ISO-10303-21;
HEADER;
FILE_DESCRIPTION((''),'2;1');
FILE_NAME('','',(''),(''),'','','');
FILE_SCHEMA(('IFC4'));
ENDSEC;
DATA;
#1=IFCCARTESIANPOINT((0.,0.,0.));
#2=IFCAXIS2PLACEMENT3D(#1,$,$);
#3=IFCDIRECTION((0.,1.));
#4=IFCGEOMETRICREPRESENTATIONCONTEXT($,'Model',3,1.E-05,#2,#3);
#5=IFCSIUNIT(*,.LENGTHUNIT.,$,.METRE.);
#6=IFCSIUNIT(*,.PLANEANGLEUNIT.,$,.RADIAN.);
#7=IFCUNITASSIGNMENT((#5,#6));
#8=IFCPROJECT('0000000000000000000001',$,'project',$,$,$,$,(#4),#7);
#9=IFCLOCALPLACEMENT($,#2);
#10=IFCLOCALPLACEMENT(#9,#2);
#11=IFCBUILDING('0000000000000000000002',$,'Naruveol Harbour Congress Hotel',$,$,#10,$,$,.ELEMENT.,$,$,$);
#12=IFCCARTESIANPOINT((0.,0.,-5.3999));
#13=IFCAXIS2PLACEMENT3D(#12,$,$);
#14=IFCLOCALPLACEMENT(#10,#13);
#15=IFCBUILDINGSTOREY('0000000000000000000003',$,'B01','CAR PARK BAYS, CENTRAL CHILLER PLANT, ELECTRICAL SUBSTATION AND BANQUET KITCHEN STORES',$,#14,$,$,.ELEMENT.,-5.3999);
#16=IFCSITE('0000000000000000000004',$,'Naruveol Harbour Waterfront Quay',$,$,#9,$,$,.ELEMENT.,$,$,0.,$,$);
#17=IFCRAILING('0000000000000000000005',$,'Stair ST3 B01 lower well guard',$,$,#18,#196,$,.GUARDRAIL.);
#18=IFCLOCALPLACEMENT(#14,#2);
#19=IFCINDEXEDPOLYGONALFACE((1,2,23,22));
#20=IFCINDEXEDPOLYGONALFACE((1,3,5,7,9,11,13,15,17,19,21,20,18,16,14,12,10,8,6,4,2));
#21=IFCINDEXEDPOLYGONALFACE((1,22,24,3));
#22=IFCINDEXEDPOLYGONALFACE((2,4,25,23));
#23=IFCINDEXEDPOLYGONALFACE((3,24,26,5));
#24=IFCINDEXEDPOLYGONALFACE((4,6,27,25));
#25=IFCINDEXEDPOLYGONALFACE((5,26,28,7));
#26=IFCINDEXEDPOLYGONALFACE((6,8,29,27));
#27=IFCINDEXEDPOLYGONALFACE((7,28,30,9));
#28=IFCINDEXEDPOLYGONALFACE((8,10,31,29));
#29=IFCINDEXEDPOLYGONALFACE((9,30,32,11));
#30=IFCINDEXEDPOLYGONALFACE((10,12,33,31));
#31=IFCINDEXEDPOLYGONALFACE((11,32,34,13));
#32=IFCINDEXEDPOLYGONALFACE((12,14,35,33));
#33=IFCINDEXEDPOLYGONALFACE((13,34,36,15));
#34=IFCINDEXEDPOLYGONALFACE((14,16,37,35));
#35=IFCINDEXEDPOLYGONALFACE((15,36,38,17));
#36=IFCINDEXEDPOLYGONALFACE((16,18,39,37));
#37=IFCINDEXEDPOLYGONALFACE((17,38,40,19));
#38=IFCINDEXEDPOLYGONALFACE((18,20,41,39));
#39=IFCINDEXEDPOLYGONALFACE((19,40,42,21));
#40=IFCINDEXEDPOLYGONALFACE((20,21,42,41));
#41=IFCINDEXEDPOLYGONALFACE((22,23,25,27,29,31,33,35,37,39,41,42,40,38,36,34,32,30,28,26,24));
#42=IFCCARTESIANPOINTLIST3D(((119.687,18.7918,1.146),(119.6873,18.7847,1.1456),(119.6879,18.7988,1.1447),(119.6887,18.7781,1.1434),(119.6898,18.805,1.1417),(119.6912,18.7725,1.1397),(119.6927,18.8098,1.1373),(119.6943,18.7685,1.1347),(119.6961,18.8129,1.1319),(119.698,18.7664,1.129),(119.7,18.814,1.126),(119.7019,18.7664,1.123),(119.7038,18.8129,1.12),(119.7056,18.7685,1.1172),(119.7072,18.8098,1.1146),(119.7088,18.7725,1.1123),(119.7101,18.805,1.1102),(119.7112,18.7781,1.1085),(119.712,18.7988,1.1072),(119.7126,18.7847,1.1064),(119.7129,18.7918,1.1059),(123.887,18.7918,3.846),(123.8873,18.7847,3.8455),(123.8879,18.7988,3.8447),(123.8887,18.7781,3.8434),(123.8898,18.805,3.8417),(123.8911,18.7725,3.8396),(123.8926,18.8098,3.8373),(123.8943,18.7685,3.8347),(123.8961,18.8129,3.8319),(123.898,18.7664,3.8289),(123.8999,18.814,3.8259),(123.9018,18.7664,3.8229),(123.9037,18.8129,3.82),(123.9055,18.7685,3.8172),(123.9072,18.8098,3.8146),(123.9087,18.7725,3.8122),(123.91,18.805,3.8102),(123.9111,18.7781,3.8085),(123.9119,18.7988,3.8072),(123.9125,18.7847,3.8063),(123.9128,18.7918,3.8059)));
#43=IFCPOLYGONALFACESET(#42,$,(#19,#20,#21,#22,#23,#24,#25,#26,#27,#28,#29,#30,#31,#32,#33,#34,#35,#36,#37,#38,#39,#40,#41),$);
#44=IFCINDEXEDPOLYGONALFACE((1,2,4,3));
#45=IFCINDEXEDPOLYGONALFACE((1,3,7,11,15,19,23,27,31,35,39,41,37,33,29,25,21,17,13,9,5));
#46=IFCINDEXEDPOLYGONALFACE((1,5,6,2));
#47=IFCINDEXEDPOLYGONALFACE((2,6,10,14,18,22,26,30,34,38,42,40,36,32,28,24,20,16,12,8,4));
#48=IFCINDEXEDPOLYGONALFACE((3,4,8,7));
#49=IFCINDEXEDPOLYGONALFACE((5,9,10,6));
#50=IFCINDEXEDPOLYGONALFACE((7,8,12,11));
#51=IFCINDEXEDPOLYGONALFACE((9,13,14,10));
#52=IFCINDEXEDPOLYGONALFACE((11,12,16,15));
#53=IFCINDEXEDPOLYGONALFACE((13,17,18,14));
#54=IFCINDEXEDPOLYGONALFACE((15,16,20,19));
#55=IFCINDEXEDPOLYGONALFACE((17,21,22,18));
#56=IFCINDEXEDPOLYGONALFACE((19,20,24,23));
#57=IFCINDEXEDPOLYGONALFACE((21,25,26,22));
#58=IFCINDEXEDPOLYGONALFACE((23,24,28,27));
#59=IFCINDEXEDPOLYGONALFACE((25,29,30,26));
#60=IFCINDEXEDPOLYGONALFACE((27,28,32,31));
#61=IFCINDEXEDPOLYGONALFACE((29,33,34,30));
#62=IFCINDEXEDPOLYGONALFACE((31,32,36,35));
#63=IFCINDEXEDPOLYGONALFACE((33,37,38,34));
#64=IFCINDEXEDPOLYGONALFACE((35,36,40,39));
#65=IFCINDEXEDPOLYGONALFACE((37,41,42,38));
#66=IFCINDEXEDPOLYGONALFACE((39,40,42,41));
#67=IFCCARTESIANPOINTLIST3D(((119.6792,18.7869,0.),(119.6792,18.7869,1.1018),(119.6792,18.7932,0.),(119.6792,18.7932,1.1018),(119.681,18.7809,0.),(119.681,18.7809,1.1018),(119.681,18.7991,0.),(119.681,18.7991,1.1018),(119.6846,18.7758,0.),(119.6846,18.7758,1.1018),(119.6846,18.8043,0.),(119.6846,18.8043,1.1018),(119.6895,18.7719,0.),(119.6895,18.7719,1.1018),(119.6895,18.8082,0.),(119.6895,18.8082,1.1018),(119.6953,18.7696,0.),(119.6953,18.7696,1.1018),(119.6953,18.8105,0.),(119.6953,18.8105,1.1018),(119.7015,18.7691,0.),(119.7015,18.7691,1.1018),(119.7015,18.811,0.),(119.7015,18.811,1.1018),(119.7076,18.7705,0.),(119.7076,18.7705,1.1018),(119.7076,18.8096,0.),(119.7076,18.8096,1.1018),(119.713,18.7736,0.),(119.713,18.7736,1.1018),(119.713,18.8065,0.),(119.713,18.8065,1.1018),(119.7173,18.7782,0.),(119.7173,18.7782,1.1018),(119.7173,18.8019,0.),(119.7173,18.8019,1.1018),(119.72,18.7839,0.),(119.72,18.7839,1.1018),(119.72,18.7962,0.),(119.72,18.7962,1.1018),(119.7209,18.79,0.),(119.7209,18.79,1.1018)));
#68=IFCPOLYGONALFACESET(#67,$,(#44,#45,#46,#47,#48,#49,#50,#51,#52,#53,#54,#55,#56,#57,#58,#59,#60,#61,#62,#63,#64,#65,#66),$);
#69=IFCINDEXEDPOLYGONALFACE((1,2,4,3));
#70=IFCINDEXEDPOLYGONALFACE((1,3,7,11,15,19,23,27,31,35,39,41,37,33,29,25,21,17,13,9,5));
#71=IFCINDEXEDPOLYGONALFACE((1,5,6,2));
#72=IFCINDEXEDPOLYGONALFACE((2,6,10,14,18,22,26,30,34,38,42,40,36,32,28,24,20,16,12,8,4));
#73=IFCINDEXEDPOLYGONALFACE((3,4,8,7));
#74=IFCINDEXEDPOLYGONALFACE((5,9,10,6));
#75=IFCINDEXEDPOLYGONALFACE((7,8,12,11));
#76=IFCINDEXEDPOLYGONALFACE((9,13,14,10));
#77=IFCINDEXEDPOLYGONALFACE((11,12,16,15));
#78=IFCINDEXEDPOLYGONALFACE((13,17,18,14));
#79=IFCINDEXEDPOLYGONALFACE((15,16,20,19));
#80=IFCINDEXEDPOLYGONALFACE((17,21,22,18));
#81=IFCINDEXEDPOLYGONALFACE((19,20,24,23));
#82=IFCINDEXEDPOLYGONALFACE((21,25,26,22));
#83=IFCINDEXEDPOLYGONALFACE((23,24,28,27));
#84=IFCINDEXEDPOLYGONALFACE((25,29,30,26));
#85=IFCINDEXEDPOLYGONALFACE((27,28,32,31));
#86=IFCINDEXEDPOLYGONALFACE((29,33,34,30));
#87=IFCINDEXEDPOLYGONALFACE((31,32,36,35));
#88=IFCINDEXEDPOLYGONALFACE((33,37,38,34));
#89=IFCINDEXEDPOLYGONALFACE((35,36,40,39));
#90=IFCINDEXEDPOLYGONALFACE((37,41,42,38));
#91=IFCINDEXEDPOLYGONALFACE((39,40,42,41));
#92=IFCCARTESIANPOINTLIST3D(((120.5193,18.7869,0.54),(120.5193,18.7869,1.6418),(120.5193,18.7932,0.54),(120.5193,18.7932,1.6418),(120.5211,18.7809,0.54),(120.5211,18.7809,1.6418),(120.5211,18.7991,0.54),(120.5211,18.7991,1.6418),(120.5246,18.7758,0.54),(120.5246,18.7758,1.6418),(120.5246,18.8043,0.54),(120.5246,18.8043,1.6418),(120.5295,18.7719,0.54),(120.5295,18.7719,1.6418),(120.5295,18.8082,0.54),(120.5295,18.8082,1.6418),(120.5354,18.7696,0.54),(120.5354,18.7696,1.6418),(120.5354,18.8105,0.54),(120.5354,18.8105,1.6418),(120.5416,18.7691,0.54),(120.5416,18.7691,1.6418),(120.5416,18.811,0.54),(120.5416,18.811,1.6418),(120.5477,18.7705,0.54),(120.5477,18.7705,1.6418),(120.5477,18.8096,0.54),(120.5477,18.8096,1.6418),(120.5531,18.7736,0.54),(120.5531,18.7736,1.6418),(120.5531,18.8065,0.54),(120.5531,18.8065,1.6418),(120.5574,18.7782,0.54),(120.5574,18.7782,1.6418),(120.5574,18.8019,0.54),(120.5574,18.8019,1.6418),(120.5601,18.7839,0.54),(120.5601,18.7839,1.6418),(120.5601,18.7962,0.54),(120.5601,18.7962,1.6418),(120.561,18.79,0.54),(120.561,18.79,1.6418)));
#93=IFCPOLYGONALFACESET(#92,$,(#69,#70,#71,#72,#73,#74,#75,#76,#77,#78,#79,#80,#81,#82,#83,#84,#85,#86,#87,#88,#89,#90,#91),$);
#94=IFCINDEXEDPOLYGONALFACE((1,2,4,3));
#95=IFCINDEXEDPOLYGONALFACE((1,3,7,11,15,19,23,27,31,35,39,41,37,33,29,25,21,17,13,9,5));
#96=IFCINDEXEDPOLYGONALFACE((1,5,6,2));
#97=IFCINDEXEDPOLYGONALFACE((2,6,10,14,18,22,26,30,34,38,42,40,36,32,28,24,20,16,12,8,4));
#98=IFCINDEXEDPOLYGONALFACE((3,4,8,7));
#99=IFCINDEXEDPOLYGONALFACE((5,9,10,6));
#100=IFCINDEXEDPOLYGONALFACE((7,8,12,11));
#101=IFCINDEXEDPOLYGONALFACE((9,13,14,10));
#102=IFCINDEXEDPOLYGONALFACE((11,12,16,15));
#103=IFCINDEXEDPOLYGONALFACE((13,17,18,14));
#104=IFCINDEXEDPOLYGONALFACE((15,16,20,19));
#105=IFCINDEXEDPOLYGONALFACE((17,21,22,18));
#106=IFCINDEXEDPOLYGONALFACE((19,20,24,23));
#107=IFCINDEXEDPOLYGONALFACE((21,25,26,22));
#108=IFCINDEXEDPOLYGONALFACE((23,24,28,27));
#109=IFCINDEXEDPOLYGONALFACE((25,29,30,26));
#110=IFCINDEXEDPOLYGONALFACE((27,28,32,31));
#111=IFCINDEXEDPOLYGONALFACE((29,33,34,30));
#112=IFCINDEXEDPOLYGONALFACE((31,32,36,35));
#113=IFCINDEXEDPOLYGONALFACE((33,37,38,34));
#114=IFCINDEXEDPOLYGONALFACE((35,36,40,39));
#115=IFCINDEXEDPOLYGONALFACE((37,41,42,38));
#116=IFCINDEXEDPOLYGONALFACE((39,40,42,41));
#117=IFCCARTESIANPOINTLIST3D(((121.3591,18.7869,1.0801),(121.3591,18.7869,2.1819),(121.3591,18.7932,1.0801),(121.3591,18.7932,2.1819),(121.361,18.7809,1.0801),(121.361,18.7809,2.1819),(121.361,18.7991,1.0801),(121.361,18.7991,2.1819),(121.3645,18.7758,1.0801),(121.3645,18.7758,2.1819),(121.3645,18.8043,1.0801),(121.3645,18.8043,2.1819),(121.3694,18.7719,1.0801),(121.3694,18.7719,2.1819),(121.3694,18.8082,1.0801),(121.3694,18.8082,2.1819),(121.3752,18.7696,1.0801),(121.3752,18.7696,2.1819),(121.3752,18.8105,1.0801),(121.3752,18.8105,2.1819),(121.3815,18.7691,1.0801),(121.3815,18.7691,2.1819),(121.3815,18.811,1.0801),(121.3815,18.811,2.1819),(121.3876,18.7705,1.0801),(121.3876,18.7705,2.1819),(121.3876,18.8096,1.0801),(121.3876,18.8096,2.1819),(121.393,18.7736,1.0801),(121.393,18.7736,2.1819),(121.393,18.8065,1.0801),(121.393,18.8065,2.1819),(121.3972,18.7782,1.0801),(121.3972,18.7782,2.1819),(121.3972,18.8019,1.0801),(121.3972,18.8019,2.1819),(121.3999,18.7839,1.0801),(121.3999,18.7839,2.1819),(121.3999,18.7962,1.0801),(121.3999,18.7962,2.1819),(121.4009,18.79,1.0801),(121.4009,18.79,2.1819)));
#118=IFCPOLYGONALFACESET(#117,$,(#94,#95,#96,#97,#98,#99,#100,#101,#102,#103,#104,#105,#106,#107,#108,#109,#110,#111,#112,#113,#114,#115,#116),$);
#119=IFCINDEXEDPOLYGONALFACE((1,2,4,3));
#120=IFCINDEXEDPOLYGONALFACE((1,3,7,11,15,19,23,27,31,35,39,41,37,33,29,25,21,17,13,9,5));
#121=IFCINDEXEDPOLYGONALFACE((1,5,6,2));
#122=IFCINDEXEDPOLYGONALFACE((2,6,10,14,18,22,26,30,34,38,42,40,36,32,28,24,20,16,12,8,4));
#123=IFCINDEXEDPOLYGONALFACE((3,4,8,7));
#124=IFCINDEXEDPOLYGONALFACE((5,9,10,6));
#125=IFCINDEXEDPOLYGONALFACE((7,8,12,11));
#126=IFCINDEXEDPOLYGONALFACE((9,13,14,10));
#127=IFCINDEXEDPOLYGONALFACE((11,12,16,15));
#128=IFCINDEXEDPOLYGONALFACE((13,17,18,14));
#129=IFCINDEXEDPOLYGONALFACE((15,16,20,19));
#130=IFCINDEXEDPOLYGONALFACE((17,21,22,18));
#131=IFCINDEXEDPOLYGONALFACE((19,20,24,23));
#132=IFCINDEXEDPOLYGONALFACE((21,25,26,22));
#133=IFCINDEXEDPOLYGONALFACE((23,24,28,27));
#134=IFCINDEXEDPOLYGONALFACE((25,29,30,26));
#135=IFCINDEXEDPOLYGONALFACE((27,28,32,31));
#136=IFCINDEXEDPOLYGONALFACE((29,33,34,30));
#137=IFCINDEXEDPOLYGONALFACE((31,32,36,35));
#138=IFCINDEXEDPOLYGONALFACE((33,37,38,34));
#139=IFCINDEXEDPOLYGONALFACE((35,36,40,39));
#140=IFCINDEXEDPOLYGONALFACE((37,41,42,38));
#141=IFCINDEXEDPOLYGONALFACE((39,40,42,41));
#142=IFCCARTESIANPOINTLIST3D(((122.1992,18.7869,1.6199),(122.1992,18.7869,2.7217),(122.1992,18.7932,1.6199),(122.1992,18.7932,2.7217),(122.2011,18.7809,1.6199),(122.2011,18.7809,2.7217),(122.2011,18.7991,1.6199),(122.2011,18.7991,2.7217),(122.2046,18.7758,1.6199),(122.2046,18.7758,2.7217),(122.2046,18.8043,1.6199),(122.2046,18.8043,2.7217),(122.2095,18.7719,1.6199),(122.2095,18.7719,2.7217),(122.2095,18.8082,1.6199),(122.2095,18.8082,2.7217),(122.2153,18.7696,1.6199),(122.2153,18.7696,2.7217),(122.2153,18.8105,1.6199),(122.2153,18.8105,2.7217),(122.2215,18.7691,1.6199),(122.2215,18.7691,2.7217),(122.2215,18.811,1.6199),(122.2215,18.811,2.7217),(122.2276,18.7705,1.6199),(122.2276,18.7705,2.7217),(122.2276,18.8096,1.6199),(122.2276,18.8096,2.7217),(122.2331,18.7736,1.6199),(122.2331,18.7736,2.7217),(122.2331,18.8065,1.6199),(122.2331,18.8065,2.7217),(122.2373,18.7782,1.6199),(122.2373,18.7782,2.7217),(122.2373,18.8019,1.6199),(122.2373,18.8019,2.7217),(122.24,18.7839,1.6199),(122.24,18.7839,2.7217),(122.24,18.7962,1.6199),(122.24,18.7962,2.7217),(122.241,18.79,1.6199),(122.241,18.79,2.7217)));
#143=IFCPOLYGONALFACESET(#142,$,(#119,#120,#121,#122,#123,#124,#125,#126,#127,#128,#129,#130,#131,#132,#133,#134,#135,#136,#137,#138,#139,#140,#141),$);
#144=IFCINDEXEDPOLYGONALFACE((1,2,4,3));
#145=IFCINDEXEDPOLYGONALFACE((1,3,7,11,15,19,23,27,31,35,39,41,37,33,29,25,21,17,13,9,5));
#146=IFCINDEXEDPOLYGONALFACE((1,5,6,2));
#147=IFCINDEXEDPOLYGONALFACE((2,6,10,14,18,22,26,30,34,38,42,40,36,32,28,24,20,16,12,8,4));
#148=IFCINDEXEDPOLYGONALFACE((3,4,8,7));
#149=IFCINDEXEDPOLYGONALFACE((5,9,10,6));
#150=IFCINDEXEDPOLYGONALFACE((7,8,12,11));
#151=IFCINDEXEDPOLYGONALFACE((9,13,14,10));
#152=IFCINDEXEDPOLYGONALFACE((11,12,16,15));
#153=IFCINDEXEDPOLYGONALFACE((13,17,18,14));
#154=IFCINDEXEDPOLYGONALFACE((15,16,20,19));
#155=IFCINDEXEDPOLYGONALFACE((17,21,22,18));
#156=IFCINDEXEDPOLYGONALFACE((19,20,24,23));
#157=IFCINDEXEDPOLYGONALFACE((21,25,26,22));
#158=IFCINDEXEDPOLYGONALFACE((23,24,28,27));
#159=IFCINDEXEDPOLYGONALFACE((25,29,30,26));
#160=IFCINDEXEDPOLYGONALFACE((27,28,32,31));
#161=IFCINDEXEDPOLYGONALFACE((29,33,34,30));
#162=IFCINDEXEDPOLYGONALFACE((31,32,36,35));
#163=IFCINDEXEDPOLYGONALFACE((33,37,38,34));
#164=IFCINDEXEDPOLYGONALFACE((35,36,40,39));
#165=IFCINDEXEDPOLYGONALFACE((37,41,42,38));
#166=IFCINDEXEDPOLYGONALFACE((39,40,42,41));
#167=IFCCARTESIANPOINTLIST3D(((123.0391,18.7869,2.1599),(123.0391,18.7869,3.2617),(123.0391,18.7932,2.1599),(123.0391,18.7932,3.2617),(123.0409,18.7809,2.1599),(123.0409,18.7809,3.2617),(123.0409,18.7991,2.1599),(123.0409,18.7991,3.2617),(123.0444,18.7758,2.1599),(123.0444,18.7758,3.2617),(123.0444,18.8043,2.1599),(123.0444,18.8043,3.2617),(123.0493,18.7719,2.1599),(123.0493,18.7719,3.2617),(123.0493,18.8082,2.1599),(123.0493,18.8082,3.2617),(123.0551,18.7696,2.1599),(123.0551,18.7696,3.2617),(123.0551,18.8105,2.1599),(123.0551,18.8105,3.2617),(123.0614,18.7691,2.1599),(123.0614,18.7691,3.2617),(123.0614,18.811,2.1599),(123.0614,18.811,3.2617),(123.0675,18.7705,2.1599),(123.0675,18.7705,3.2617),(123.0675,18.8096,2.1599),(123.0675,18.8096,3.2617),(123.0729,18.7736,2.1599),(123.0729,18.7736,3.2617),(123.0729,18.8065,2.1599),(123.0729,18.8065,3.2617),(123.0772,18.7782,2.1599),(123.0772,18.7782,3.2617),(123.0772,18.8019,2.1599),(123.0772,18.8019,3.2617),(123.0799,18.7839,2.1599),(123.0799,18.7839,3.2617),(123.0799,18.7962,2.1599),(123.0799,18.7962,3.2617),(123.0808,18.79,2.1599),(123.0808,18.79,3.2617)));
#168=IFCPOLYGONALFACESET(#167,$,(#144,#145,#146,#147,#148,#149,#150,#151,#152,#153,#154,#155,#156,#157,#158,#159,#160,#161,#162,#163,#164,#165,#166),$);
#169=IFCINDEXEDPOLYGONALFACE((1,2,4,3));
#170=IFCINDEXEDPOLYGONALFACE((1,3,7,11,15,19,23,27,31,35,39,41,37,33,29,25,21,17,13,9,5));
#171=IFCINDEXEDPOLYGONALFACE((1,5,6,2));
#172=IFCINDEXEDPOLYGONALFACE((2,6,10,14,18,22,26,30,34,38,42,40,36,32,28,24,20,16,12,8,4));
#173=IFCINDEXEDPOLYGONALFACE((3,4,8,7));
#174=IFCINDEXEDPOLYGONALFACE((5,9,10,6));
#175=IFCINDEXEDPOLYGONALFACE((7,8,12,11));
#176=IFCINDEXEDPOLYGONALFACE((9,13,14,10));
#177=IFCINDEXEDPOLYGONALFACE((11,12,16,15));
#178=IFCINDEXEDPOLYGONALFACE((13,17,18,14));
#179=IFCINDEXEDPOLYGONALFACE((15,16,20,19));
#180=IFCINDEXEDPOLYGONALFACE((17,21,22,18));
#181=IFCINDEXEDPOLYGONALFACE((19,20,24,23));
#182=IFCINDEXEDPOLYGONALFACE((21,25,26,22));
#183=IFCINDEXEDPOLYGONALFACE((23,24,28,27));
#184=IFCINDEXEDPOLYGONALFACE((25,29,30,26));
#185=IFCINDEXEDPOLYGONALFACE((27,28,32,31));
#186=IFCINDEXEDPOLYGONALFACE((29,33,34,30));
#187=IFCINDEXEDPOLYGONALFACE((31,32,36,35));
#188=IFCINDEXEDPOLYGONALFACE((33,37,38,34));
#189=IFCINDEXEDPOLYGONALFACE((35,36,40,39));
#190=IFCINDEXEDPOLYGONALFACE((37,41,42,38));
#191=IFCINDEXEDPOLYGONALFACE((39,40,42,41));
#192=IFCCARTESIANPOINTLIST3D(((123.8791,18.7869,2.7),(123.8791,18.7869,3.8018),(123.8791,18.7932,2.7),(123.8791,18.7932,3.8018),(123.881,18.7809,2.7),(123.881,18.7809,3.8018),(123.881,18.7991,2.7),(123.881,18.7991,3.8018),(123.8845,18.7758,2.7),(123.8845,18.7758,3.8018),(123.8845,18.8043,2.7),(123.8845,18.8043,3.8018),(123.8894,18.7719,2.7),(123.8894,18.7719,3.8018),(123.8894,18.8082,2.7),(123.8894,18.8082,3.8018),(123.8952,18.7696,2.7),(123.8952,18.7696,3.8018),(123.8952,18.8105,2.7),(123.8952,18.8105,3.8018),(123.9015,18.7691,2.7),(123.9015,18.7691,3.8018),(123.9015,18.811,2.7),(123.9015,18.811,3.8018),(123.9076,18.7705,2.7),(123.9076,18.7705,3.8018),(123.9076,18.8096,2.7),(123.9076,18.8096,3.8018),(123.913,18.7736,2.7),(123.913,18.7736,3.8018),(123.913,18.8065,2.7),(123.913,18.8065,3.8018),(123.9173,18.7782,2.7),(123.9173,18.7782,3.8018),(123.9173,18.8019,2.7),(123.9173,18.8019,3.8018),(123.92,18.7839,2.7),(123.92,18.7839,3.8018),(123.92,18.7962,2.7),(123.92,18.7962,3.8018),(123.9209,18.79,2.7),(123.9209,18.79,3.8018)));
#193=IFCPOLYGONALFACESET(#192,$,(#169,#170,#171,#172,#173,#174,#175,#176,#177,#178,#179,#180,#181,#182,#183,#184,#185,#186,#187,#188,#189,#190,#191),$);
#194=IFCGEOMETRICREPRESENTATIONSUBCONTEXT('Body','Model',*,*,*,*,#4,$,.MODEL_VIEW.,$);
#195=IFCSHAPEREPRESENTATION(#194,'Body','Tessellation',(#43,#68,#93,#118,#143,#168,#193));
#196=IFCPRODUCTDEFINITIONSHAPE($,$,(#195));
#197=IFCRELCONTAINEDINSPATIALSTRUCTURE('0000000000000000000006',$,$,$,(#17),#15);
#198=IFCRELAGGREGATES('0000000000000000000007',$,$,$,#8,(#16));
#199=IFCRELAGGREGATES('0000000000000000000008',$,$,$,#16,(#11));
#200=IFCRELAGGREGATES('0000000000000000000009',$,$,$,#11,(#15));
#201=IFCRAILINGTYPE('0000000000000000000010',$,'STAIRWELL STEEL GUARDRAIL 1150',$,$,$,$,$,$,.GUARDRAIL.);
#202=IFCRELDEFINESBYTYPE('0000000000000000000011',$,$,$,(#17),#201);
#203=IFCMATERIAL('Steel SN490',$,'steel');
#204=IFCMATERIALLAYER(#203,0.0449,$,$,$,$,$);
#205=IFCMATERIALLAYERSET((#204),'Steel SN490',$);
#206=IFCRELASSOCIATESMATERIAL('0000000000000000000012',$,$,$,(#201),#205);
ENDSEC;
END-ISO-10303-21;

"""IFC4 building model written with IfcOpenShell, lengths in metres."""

from ifc_helpers import new_model, si_unit, direction, frame, origin, origin_2d, place, context, subcontext, project, spatial, circle, extrude, material, layer, layer_set, type_object, element, save


model = new_model("IFC4")

# Units and contexts
model_context = context("Model", 3, precision=1e-05, world=origin(), true_north=direction((0.0, 1.0)))
body_context = subcontext(model_context, "Body", "Model", "MODEL_VIEW")
ifc_project = project(units=[si_unit("LENGTHUNIT", "METRE"), si_unit("PLANEANGLEUNIT", "RADIAN")], contexts=[model_context])

# Site, building, storey
site_placement = place(None, origin())
site = spatial("IfcSite", under=ifc_project, at=site_placement, Name="Naruveol Harbour Waterfront Quay", CompositionType="ELEMENT", RefElevation=0.0)
building_placement = place(site_placement, origin())
building = spatial("IfcBuilding", under=site, at=building_placement, Name="Naruveol Harbour Congress Hotel", CompositionType="ELEMENT")
storey_placement = place(building_placement, frame((0.0, 0.0, -5.3999)))
storey = spatial("IfcBuildingStorey", under=building, at=storey_placement, Name="B01", Description="CAR PARK BAYS, CENTRAL CHILLER PLANT, ELECTRICAL SUBSTATION AND BANQUET KITCHEN STORES", CompositionType="ELEMENT", Elevation=-5.3999)

# Railing
ifc_material_1 = material(Name="Steel SN490", Category="steel")
ifc_layer_1 = layer(ifc_material_1, 0.0449)
ifc_layer_set_1 = layer_set([ifc_layer_1], Name="Steel SN490")
railing_type_1 = type_object("IfcRailingType", Name="STAIRWELL STEEL GUARDRAIL 1150", PredefinedType="GUARDRAIL", material=ifc_layer_set_1)
railing_1_placement = place(storey_placement, frame((119.7, 18.79, 0.0)))
element("IfcRailing", 1, at=railing_1_placement, inside=storey, type_object=railing_type_1, Name="Stair ST3 B01 lower well guard", PredefinedType="GUARDRAIL", context=body_context, shape_type="SweptSolid", body=[
    extrude(circle(Radius=0.0239, at=origin_2d()), frame((0.0, 0.0, 1.126), z_axis=(0.84118, 0.0, 0.540755), x_axis=(0.0, 1.0, 0.0)), (0.0, 0.0, 1.0), 4.9929),
    extrude(circle(Radius=0.021, at=origin_2d()), origin(), (0.0, 0.0, 1.0), 1.1018),
    extrude(circle(Radius=0.021, at=origin_2d()), frame((0.8401, 0.0, 0.54)), (0.0, 0.0, 1.0), 1.1018),
    extrude(circle(Radius=0.021, at=origin_2d()), frame((1.6799, 0.0, 1.0801)), (0.0, 0.0, 1.0), 1.1018),
    extrude(circle(Radius=0.021, at=origin_2d()), frame((2.52, 0.0, 1.6199)), (0.0, 0.0, 1.0), 1.1018),
    extrude(circle(Radius=0.021, at=origin_2d()), frame((3.3599, 0.0, 2.1599)), (0.0, 0.0, 1.0), 1.1018),
    extrude(circle(Radius=0.021, at=origin_2d()), frame((4.2, 0.0, 2.7)), (0.0, 0.0, 1.0), 1.1018),
])

save(model, "model.ifc")
